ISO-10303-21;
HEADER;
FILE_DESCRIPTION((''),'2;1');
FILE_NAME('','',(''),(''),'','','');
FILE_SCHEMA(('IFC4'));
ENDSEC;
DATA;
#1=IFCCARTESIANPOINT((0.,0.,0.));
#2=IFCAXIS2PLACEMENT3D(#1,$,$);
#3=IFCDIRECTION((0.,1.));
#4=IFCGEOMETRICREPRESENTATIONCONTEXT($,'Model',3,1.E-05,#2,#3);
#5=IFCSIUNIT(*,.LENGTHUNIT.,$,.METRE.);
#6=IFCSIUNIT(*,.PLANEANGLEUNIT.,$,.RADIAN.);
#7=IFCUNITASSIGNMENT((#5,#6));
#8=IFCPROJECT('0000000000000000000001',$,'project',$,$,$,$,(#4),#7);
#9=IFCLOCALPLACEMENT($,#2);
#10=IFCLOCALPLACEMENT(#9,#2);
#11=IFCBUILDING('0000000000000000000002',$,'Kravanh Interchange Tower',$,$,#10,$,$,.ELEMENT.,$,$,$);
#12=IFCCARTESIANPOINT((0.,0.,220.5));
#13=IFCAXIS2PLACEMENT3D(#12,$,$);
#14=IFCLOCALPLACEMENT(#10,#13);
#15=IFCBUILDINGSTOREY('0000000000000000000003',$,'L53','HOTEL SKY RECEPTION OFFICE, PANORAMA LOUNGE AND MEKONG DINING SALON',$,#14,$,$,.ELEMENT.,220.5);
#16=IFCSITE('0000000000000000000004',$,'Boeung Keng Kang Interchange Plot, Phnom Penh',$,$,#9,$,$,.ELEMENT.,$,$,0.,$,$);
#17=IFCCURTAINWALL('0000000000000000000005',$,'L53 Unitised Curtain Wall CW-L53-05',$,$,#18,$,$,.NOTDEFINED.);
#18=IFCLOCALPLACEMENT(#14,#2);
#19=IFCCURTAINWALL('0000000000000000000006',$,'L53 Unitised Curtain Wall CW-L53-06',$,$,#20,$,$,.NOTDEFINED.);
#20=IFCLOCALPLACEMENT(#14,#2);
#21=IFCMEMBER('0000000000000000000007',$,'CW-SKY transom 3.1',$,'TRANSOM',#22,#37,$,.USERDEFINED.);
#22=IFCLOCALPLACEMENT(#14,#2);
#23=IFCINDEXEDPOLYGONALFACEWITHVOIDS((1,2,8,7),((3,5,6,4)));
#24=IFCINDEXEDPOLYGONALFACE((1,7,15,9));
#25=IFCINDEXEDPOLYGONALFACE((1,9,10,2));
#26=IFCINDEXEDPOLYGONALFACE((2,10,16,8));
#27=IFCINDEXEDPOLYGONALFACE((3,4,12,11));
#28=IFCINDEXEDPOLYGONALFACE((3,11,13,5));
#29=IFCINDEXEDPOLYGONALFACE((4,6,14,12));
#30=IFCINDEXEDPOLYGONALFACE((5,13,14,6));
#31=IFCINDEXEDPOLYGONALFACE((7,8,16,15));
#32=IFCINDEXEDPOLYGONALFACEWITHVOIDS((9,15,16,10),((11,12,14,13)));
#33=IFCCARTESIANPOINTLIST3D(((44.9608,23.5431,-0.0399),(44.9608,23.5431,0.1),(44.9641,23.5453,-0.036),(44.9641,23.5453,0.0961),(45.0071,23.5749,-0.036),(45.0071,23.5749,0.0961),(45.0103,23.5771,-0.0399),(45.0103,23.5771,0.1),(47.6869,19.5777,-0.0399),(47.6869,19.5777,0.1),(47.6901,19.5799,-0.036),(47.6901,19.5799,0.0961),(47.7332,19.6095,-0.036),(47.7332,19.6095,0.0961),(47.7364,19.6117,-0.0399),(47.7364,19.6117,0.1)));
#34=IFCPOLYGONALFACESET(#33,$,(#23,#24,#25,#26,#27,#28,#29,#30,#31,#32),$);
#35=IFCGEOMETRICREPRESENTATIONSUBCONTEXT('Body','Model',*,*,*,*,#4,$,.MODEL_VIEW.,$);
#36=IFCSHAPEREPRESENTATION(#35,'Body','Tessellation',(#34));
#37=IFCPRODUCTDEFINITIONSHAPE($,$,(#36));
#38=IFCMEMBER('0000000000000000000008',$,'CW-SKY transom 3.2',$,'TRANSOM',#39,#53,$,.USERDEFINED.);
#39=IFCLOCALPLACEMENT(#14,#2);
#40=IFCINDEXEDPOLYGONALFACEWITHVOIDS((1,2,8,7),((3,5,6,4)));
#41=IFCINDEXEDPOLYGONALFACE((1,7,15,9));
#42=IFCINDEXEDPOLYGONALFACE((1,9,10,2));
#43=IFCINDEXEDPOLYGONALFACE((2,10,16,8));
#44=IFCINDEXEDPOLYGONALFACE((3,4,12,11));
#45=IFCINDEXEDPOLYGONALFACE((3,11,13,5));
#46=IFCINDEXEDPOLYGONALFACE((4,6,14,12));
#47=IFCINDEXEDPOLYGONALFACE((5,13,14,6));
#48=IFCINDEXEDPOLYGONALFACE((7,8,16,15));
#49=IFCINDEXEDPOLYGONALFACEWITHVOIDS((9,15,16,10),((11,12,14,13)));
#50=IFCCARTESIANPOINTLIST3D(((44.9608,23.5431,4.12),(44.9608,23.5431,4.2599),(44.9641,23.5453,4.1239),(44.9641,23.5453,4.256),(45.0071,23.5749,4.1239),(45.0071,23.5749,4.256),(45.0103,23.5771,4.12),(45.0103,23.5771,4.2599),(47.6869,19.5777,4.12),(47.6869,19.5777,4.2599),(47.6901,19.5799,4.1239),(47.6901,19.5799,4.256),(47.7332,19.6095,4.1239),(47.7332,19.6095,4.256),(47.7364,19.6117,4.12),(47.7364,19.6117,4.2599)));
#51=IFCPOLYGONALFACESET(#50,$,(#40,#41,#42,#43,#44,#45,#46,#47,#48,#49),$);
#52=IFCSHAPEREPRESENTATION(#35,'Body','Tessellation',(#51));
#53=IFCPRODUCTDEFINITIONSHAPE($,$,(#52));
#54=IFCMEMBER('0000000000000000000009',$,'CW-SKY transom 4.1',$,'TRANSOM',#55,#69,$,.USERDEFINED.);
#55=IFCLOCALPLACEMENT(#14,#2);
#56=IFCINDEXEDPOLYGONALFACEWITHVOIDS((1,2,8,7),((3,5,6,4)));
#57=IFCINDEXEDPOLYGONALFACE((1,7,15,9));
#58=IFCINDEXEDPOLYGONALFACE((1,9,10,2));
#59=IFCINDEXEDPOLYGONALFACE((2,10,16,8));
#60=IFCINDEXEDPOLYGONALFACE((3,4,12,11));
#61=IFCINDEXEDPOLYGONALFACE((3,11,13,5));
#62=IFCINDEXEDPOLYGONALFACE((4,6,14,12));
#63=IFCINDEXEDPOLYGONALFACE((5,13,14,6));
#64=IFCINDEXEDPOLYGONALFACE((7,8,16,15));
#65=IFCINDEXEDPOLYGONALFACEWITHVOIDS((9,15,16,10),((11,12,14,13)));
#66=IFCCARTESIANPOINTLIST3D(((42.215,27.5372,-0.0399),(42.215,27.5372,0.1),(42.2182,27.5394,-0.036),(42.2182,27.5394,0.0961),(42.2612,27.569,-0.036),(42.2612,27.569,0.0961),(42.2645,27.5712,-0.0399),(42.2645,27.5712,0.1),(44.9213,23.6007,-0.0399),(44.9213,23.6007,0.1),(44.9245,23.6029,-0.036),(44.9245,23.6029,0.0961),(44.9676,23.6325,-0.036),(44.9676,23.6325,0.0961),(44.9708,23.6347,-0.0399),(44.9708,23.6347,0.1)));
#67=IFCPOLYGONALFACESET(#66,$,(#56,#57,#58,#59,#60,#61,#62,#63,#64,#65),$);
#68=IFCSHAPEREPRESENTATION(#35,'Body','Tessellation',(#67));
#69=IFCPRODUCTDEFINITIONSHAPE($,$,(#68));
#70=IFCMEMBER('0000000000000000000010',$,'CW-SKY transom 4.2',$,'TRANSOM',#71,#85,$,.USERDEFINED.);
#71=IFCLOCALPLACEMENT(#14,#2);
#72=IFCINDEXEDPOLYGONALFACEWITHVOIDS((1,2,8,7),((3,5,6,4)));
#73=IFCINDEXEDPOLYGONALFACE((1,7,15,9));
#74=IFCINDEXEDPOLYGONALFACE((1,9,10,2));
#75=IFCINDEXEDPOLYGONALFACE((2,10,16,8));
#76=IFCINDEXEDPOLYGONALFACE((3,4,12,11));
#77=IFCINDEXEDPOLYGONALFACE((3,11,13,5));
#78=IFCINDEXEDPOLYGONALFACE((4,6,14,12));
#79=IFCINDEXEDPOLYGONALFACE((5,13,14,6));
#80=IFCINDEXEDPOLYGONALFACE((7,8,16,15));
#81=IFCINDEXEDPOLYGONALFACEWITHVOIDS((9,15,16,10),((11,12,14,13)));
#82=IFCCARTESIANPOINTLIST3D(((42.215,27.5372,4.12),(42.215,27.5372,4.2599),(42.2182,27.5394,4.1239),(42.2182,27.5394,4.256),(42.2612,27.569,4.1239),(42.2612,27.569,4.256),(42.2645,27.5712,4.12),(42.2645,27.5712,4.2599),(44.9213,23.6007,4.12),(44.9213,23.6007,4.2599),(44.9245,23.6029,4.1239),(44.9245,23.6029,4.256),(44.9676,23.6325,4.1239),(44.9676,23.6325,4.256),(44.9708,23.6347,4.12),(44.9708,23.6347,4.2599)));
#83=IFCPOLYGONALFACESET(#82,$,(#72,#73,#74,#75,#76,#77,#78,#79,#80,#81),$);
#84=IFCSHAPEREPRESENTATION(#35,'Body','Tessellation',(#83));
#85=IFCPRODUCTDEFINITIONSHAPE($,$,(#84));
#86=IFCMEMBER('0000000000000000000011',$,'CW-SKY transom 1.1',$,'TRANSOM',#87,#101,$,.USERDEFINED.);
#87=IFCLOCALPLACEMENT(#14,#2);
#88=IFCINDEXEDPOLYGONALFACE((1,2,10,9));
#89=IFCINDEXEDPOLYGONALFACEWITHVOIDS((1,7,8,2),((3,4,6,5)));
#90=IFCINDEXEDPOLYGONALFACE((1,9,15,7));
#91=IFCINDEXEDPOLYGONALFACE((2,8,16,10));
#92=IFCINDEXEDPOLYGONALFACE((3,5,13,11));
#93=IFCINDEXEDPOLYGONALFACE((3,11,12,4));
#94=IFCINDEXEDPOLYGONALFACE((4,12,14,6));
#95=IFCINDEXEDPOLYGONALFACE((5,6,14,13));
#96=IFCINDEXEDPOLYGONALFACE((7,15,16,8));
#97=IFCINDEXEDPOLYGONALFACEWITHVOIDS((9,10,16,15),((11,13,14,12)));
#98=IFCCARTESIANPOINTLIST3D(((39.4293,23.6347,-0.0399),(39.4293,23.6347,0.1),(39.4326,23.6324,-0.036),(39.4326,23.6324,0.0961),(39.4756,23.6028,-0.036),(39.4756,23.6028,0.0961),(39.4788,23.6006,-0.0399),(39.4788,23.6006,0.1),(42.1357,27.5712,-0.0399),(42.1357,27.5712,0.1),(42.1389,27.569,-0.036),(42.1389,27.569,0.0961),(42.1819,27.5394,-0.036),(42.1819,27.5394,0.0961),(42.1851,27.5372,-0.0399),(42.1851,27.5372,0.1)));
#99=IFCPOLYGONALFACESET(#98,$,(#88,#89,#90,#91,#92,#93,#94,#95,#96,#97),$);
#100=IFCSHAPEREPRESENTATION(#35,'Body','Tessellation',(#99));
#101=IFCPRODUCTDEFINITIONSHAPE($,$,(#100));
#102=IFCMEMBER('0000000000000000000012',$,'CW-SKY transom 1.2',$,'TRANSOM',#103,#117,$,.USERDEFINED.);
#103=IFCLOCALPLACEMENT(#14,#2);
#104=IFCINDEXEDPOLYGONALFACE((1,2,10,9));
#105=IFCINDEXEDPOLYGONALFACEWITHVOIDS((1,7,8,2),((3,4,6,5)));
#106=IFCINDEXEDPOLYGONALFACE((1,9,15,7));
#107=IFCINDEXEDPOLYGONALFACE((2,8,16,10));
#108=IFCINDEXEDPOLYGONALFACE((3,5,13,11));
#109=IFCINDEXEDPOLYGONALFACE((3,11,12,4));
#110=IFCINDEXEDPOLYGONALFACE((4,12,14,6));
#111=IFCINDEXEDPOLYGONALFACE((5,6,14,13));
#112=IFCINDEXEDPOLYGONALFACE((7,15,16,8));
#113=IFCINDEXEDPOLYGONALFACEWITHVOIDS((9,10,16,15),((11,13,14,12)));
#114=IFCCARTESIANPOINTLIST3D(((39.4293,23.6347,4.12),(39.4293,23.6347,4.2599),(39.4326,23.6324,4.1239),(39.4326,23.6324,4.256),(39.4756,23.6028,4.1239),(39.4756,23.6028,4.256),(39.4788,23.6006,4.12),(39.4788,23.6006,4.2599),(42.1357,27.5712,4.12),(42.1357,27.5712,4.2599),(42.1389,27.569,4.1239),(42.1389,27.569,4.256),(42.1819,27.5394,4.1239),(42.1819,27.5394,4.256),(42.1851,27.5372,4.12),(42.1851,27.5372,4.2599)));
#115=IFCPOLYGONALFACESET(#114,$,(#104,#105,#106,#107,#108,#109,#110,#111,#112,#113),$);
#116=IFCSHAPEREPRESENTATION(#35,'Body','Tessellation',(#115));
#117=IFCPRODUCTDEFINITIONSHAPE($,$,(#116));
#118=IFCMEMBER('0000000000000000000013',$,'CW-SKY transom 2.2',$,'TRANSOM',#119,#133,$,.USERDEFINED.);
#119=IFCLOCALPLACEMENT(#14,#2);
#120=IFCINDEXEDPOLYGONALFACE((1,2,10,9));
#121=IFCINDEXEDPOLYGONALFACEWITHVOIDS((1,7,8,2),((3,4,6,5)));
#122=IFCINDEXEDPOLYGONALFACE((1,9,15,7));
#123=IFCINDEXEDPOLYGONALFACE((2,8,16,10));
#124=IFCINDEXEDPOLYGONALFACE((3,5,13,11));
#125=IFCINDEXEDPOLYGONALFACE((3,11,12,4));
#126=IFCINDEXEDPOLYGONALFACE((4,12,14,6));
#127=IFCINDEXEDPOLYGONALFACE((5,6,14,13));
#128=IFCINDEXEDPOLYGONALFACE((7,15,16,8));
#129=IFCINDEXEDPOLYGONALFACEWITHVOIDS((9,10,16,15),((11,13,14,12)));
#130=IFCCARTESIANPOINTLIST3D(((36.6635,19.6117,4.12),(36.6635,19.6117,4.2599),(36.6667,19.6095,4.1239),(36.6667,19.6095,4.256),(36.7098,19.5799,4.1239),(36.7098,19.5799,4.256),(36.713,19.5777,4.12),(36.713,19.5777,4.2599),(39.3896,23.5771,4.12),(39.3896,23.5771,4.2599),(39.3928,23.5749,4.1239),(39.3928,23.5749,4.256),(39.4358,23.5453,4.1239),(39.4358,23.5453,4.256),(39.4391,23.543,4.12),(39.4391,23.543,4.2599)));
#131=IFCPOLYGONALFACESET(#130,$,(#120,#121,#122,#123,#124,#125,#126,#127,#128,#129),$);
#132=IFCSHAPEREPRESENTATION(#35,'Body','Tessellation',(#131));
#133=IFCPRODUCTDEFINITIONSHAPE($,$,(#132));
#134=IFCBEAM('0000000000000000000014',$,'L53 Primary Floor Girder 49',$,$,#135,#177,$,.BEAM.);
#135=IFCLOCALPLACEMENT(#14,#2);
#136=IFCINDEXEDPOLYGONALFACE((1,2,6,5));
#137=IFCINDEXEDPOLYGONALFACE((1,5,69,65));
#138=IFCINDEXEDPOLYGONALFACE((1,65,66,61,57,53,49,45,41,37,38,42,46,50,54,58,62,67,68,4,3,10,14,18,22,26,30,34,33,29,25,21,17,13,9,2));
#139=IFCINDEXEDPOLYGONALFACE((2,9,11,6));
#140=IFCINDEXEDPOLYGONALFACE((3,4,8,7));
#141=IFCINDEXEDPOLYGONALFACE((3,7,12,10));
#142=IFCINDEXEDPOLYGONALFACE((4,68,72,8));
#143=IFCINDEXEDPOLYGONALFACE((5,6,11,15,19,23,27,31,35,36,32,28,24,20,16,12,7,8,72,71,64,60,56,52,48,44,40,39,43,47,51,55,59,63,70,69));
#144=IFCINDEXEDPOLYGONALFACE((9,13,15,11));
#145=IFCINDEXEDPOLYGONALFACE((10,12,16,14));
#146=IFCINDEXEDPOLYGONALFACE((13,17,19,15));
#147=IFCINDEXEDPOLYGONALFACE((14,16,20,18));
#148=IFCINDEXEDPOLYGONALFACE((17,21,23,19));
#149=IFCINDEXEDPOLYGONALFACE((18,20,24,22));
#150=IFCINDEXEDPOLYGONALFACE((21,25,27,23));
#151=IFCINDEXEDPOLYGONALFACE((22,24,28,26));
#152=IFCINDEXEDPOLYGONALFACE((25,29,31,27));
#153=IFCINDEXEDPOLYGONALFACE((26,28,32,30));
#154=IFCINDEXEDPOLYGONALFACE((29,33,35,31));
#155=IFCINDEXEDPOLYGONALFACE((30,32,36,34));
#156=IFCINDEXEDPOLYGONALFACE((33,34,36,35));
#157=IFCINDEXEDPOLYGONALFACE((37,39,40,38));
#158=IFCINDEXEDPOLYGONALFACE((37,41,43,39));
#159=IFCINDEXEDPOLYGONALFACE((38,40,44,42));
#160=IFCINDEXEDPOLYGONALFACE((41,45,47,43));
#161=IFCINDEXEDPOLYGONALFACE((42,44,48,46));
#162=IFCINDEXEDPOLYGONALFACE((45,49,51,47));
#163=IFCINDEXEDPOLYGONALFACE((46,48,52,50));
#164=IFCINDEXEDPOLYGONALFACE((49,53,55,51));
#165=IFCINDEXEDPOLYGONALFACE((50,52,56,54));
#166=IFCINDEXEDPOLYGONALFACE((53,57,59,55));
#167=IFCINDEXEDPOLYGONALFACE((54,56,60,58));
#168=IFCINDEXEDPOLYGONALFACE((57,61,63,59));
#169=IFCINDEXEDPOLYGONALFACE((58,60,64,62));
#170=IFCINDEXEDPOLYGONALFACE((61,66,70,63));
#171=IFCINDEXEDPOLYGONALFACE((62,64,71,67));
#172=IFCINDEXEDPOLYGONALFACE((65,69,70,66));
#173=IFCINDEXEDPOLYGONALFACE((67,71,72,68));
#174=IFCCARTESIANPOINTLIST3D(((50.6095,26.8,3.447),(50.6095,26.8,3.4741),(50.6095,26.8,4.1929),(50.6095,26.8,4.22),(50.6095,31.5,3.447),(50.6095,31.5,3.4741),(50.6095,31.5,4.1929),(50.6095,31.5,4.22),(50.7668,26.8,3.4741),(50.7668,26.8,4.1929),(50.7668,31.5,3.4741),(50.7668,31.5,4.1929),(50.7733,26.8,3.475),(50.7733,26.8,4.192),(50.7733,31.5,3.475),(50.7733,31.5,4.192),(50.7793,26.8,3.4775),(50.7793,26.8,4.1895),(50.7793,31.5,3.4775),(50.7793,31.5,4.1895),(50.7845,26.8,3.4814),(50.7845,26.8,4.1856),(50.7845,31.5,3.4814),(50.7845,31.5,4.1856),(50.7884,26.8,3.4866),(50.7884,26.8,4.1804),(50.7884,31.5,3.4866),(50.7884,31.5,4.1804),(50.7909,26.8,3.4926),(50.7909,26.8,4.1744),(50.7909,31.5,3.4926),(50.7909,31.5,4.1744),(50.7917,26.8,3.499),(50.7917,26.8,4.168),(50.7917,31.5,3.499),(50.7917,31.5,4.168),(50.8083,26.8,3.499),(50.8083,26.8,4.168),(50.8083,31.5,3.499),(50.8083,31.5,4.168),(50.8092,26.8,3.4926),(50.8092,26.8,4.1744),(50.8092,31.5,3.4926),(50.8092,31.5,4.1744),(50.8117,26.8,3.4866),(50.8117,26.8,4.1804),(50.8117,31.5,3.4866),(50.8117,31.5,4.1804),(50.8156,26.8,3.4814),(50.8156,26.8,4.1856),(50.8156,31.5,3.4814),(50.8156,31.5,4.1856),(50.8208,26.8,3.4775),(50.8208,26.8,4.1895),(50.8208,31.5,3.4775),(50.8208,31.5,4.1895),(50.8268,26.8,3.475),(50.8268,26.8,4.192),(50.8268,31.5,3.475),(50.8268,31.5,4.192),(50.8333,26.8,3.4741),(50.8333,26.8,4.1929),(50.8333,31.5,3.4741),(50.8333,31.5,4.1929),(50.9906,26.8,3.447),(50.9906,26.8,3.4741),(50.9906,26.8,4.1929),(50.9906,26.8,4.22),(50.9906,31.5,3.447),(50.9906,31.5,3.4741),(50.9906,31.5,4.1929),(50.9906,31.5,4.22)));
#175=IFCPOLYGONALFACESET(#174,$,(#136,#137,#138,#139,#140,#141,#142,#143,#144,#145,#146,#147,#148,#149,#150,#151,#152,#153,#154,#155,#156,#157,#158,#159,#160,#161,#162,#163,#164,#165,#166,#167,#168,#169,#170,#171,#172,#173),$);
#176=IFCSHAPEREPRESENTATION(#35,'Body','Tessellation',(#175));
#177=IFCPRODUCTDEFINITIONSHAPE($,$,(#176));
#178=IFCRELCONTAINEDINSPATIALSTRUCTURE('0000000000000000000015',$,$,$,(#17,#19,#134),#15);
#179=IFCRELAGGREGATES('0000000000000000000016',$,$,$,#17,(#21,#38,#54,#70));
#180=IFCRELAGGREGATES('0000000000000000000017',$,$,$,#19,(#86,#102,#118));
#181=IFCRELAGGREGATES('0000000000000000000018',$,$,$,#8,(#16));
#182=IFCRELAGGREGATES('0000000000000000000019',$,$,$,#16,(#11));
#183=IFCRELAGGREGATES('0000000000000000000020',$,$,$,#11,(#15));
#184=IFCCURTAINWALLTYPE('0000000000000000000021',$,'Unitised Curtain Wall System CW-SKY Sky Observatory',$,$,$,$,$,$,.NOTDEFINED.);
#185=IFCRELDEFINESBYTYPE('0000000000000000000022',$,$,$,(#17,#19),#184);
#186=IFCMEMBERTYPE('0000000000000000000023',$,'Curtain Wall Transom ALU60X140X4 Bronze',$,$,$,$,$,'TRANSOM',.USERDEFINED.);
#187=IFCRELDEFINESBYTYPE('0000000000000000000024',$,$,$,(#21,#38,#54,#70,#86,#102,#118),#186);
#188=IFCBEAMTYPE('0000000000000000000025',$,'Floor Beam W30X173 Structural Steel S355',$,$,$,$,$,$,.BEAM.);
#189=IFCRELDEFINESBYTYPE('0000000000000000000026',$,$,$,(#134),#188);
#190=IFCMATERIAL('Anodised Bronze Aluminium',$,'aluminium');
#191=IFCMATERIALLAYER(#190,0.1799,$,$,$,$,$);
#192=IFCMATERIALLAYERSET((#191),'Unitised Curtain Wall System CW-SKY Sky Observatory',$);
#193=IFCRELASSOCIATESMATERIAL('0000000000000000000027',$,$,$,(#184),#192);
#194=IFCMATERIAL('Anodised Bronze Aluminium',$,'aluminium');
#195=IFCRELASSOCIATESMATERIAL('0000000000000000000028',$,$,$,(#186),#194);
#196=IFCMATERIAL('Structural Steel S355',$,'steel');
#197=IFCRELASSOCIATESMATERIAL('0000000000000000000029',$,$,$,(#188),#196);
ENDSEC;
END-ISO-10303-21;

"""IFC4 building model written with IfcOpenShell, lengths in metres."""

from ifc_helpers import new_model, si_unit, direction, frame, origin, origin_2d, place, context, subcontext, project, spatial, hollow_rectangle, i_section, extrude, material, layer, layer_set, material_profile, profile_set, type_object, element, aggregate, save


model = new_model("IFC4")

# Units and contexts
model_context = context("Model", 3, precision=1e-05, world=origin(), true_north=direction((0.0, 1.0)))
body_context = subcontext(model_context, "Body", "Model", "MODEL_VIEW")
ifc_project = project(units=[si_unit("LENGTHUNIT", "METRE"), si_unit("PLANEANGLEUNIT", "RADIAN")], contexts=[model_context])

# Site, building, storey
site_placement = place(None, origin())
site = spatial("IfcSite", under=ifc_project, at=site_placement, Name="Boeung Keng Kang Interchange Plot, Phnom Penh", CompositionType="ELEMENT", RefElevation=0.0)
building_placement = place(site_placement, origin())
building = spatial("IfcBuilding", under=site, at=building_placement, Name="Kravanh Interchange Tower", CompositionType="ELEMENT")
storey_placement = place(building_placement, frame((0.0, 0.0, 220.5)))
storey = spatial("IfcBuildingStorey", under=building, at=storey_placement, Name="L53", Description="HOTEL SKY RECEPTION OFFICE, PANORAMA LOUNGE AND MEKONG DINING SALON", CompositionType="ELEMENT", Elevation=220.5)

# Shared definitions
ifc_material_1 = material(Name="Anodised Bronze Aluminium", Category="aluminium")
ifc_layer_1 = layer(ifc_material_1, 0.1799)
ifc_layer_set_1 = layer_set([ifc_layer_1], Name="Unitised Curtain Wall System CW-SKY Sky Observatory")
curtain_wall_type = type_object("IfcCurtainWallType", Name="Unitised Curtain Wall System CW-SKY Sky Observatory", PredefinedType="NOTDEFINED", material=ifc_layer_set_1)

# Curtain walls
curtain_wall_1_placement = place(storey_placement, origin())
curtain_wall_1 = element("IfcCurtainWall", 1, at=curtain_wall_1_placement, inside=storey, type_object=curtain_wall_type, Name="L53 Unitised Curtain Wall CW-L53-05", PredefinedType="NOTDEFINED")
curtain_wall_2_placement = place(storey_placement, origin())
curtain_wall_2 = element("IfcCurtainWall", 2, at=curtain_wall_2_placement, inside=storey, type_object=curtain_wall_type, Name="L53 Unitised Curtain Wall CW-L53-06", PredefinedType="NOTDEFINED")

# Members
ifc_material_2 = material(Name="Anodised Bronze Aluminium", Category="aluminium")
ifc_material_profile_1 = material_profile(ifc_material_2, hollow_rectangle(XDim=0.0601, YDim=0.1399, WallThickness=0.0039, at=origin_2d()), Name="ALU60X140X4")
ifc_profile_set_1 = profile_set([ifc_material_profile_1], Name="Anodised Bronze Aluminium")
member_type_1 = type_object("IfcMemberType", Name="Curtain Wall Transom ALU60X140X4 Bronze", ElementType="TRANSOM", PredefinedType="USERDEFINED", material=ifc_profile_set_1)
member_1_placement = place(storey_placement, frame((47.7117, 19.5947, 0.03), z_axis=(-0.566516, 0.824051, 0.0), x_axis=(-0.824051, -0.566516, 0.0)))
member_1 = element("IfcMember", 3, at=member_1_placement, type_object=member_type_1, Name="CW-SKY transom 3.1", ObjectType="TRANSOM", PredefinedType="USERDEFINED", context=body_context, shape_type="SweptSolid", body=[
    extrude(hollow_rectangle(XDim=0.0601, YDim=0.1399, WallThickness=0.0039, at=origin_2d()), origin(), (0.0, 0.0, 1.0), 4.812),
])
member_2_placement = place(storey_placement, frame((47.7117, 19.5947, 4.1899), z_axis=(-0.566516, 0.824051, 0.0), x_axis=(-0.824051, -0.566516, 0.0)))
member_2 = element("IfcMember", 4, at=member_2_placement, type_object=member_type_1, Name="CW-SKY transom 3.2", ObjectType="TRANSOM", PredefinedType="USERDEFINED", context=body_context, shape_type="SweptSolid", body=[
    extrude(hollow_rectangle(XDim=0.0601, YDim=0.1399, WallThickness=0.0039, at=origin_2d()), origin(), (0.0, 0.0, 1.0), 4.812),
])
member_3_placement = place(storey_placement, frame((44.946, 23.6177, 0.03), z_axis=(-0.56652, 0.824048, 0.0), x_axis=(-0.824048, -0.56652, 0.0)))
member_3 = element("IfcMember", 5, at=member_3_placement, type_object=member_type_1, Name="CW-SKY transom 4.1", ObjectType="TRANSOM", PredefinedType="USERDEFINED", context=body_context, shape_type="SweptSolid", body=[
    extrude(hollow_rectangle(XDim=0.0601, YDim=0.1399, WallThickness=0.0039, at=origin_2d()), origin(), (0.0, 0.0, 1.0), 4.7771),
])
member_4_placement = place(storey_placement, frame((44.946, 23.6177, 4.1899), z_axis=(-0.56652, 0.824048, 0.0), x_axis=(-0.824048, -0.56652, 0.0)))
member_4 = element("IfcMember", 6, at=member_4_placement, type_object=member_type_1, Name="CW-SKY transom 4.2", ObjectType="TRANSOM", PredefinedType="USERDEFINED", context=body_context, shape_type="SweptSolid", body=[
    extrude(hollow_rectangle(XDim=0.0601, YDim=0.1399, WallThickness=0.0039, at=origin_2d()), origin(), (0.0, 0.0, 1.0), 4.7771),
])
member_5_placement = place(storey_placement, frame((42.1604, 27.5542, 0.03), z_axis=(-0.56652, -0.824048, 0.0), x_axis=(0.824048, -0.56652, 0.0)))
member_5 = element("IfcMember", 7, at=member_5_placement, type_object=member_type_1, Name="CW-SKY transom 1.1", ObjectType="TRANSOM", PredefinedType="USERDEFINED", context=body_context, shape_type="SweptSolid", body=[
    extrude(hollow_rectangle(XDim=0.0601, YDim=0.1399, WallThickness=0.0039, at=origin_2d()), origin(), (0.0, 0.0, 1.0), 4.7771),
])
member_6_placement = place(storey_placement, frame((42.1604, 27.5542, 4.1899), z_axis=(-0.56652, -0.824048, 0.0), x_axis=(0.824048, -0.56652, 0.0)))
member_6 = element("IfcMember", 8, at=member_6_placement, type_object=member_type_1, Name="CW-SKY transom 1.2", ObjectType="TRANSOM", PredefinedType="USERDEFINED", context=body_context, shape_type="SweptSolid", body=[
    extrude(hollow_rectangle(XDim=0.0601, YDim=0.1399, WallThickness=0.0039, at=origin_2d()), origin(), (0.0, 0.0, 1.0), 4.7771),
])
member_7_placement = place(storey_placement, frame((39.4143, 23.5601, 4.1899), z_axis=(-0.566516, -0.824051, 0.0), x_axis=(0.824051, -0.566516, 0.0)))
member_7 = element("IfcMember", 9, at=member_7_placement, type_object=member_type_1, Name="CW-SKY transom 2.2", ObjectType="TRANSOM", PredefinedType="USERDEFINED", context=body_context, shape_type="SweptSolid", body=[
    extrude(hollow_rectangle(XDim=0.0601, YDim=0.1399, WallThickness=0.0039, at=origin_2d()), origin(), (0.0, 0.0, 1.0), 4.812),
])

# Beam
ifc_material_3 = material(Name="Structural Steel S355", Category="steel")
ifc_material_profile_2 = material_profile(ifc_material_3, i_section(OverallWidth=0.3811, OverallDepth=0.7729, WebThickness=0.0166, FlangeThickness=0.0271, FilletRadius=0.0249, at=origin_2d()), Name="W30X173")
ifc_profile_set_2 = profile_set([ifc_material_profile_2], Name="Structural Steel S355")
beam_type_1 = type_object("IfcBeamType", Name="Floor Beam W30X173 Structural Steel S355", PredefinedType="BEAM", material=ifc_profile_set_2)
beam_1_placement = place(storey_placement, frame((50.8, 26.8, 3.8335), z_axis=(0.0, 1.0, 0.0), x_axis=(-1.0, 0.0, 0.0)))
element("IfcBeam", 10, at=beam_1_placement, inside=storey, type_object=beam_type_1, Name="L53 Primary Floor Girder 49", PredefinedType="BEAM", context=body_context, shape_type="SweptSolid", body=[
    extrude(i_section(OverallWidth=0.3811, OverallDepth=0.7729, WebThickness=0.0166, FlangeThickness=0.0271, FilletRadius=0.0249, at=origin_2d()), origin(), (0.0, 0.0, 1.0), 4.7),
])

aggregate(curtain_wall_1, [member_1, member_2, member_3, member_4])
aggregate(curtain_wall_2, [member_5, member_6, member_7])

save(model, "model.ifc")
